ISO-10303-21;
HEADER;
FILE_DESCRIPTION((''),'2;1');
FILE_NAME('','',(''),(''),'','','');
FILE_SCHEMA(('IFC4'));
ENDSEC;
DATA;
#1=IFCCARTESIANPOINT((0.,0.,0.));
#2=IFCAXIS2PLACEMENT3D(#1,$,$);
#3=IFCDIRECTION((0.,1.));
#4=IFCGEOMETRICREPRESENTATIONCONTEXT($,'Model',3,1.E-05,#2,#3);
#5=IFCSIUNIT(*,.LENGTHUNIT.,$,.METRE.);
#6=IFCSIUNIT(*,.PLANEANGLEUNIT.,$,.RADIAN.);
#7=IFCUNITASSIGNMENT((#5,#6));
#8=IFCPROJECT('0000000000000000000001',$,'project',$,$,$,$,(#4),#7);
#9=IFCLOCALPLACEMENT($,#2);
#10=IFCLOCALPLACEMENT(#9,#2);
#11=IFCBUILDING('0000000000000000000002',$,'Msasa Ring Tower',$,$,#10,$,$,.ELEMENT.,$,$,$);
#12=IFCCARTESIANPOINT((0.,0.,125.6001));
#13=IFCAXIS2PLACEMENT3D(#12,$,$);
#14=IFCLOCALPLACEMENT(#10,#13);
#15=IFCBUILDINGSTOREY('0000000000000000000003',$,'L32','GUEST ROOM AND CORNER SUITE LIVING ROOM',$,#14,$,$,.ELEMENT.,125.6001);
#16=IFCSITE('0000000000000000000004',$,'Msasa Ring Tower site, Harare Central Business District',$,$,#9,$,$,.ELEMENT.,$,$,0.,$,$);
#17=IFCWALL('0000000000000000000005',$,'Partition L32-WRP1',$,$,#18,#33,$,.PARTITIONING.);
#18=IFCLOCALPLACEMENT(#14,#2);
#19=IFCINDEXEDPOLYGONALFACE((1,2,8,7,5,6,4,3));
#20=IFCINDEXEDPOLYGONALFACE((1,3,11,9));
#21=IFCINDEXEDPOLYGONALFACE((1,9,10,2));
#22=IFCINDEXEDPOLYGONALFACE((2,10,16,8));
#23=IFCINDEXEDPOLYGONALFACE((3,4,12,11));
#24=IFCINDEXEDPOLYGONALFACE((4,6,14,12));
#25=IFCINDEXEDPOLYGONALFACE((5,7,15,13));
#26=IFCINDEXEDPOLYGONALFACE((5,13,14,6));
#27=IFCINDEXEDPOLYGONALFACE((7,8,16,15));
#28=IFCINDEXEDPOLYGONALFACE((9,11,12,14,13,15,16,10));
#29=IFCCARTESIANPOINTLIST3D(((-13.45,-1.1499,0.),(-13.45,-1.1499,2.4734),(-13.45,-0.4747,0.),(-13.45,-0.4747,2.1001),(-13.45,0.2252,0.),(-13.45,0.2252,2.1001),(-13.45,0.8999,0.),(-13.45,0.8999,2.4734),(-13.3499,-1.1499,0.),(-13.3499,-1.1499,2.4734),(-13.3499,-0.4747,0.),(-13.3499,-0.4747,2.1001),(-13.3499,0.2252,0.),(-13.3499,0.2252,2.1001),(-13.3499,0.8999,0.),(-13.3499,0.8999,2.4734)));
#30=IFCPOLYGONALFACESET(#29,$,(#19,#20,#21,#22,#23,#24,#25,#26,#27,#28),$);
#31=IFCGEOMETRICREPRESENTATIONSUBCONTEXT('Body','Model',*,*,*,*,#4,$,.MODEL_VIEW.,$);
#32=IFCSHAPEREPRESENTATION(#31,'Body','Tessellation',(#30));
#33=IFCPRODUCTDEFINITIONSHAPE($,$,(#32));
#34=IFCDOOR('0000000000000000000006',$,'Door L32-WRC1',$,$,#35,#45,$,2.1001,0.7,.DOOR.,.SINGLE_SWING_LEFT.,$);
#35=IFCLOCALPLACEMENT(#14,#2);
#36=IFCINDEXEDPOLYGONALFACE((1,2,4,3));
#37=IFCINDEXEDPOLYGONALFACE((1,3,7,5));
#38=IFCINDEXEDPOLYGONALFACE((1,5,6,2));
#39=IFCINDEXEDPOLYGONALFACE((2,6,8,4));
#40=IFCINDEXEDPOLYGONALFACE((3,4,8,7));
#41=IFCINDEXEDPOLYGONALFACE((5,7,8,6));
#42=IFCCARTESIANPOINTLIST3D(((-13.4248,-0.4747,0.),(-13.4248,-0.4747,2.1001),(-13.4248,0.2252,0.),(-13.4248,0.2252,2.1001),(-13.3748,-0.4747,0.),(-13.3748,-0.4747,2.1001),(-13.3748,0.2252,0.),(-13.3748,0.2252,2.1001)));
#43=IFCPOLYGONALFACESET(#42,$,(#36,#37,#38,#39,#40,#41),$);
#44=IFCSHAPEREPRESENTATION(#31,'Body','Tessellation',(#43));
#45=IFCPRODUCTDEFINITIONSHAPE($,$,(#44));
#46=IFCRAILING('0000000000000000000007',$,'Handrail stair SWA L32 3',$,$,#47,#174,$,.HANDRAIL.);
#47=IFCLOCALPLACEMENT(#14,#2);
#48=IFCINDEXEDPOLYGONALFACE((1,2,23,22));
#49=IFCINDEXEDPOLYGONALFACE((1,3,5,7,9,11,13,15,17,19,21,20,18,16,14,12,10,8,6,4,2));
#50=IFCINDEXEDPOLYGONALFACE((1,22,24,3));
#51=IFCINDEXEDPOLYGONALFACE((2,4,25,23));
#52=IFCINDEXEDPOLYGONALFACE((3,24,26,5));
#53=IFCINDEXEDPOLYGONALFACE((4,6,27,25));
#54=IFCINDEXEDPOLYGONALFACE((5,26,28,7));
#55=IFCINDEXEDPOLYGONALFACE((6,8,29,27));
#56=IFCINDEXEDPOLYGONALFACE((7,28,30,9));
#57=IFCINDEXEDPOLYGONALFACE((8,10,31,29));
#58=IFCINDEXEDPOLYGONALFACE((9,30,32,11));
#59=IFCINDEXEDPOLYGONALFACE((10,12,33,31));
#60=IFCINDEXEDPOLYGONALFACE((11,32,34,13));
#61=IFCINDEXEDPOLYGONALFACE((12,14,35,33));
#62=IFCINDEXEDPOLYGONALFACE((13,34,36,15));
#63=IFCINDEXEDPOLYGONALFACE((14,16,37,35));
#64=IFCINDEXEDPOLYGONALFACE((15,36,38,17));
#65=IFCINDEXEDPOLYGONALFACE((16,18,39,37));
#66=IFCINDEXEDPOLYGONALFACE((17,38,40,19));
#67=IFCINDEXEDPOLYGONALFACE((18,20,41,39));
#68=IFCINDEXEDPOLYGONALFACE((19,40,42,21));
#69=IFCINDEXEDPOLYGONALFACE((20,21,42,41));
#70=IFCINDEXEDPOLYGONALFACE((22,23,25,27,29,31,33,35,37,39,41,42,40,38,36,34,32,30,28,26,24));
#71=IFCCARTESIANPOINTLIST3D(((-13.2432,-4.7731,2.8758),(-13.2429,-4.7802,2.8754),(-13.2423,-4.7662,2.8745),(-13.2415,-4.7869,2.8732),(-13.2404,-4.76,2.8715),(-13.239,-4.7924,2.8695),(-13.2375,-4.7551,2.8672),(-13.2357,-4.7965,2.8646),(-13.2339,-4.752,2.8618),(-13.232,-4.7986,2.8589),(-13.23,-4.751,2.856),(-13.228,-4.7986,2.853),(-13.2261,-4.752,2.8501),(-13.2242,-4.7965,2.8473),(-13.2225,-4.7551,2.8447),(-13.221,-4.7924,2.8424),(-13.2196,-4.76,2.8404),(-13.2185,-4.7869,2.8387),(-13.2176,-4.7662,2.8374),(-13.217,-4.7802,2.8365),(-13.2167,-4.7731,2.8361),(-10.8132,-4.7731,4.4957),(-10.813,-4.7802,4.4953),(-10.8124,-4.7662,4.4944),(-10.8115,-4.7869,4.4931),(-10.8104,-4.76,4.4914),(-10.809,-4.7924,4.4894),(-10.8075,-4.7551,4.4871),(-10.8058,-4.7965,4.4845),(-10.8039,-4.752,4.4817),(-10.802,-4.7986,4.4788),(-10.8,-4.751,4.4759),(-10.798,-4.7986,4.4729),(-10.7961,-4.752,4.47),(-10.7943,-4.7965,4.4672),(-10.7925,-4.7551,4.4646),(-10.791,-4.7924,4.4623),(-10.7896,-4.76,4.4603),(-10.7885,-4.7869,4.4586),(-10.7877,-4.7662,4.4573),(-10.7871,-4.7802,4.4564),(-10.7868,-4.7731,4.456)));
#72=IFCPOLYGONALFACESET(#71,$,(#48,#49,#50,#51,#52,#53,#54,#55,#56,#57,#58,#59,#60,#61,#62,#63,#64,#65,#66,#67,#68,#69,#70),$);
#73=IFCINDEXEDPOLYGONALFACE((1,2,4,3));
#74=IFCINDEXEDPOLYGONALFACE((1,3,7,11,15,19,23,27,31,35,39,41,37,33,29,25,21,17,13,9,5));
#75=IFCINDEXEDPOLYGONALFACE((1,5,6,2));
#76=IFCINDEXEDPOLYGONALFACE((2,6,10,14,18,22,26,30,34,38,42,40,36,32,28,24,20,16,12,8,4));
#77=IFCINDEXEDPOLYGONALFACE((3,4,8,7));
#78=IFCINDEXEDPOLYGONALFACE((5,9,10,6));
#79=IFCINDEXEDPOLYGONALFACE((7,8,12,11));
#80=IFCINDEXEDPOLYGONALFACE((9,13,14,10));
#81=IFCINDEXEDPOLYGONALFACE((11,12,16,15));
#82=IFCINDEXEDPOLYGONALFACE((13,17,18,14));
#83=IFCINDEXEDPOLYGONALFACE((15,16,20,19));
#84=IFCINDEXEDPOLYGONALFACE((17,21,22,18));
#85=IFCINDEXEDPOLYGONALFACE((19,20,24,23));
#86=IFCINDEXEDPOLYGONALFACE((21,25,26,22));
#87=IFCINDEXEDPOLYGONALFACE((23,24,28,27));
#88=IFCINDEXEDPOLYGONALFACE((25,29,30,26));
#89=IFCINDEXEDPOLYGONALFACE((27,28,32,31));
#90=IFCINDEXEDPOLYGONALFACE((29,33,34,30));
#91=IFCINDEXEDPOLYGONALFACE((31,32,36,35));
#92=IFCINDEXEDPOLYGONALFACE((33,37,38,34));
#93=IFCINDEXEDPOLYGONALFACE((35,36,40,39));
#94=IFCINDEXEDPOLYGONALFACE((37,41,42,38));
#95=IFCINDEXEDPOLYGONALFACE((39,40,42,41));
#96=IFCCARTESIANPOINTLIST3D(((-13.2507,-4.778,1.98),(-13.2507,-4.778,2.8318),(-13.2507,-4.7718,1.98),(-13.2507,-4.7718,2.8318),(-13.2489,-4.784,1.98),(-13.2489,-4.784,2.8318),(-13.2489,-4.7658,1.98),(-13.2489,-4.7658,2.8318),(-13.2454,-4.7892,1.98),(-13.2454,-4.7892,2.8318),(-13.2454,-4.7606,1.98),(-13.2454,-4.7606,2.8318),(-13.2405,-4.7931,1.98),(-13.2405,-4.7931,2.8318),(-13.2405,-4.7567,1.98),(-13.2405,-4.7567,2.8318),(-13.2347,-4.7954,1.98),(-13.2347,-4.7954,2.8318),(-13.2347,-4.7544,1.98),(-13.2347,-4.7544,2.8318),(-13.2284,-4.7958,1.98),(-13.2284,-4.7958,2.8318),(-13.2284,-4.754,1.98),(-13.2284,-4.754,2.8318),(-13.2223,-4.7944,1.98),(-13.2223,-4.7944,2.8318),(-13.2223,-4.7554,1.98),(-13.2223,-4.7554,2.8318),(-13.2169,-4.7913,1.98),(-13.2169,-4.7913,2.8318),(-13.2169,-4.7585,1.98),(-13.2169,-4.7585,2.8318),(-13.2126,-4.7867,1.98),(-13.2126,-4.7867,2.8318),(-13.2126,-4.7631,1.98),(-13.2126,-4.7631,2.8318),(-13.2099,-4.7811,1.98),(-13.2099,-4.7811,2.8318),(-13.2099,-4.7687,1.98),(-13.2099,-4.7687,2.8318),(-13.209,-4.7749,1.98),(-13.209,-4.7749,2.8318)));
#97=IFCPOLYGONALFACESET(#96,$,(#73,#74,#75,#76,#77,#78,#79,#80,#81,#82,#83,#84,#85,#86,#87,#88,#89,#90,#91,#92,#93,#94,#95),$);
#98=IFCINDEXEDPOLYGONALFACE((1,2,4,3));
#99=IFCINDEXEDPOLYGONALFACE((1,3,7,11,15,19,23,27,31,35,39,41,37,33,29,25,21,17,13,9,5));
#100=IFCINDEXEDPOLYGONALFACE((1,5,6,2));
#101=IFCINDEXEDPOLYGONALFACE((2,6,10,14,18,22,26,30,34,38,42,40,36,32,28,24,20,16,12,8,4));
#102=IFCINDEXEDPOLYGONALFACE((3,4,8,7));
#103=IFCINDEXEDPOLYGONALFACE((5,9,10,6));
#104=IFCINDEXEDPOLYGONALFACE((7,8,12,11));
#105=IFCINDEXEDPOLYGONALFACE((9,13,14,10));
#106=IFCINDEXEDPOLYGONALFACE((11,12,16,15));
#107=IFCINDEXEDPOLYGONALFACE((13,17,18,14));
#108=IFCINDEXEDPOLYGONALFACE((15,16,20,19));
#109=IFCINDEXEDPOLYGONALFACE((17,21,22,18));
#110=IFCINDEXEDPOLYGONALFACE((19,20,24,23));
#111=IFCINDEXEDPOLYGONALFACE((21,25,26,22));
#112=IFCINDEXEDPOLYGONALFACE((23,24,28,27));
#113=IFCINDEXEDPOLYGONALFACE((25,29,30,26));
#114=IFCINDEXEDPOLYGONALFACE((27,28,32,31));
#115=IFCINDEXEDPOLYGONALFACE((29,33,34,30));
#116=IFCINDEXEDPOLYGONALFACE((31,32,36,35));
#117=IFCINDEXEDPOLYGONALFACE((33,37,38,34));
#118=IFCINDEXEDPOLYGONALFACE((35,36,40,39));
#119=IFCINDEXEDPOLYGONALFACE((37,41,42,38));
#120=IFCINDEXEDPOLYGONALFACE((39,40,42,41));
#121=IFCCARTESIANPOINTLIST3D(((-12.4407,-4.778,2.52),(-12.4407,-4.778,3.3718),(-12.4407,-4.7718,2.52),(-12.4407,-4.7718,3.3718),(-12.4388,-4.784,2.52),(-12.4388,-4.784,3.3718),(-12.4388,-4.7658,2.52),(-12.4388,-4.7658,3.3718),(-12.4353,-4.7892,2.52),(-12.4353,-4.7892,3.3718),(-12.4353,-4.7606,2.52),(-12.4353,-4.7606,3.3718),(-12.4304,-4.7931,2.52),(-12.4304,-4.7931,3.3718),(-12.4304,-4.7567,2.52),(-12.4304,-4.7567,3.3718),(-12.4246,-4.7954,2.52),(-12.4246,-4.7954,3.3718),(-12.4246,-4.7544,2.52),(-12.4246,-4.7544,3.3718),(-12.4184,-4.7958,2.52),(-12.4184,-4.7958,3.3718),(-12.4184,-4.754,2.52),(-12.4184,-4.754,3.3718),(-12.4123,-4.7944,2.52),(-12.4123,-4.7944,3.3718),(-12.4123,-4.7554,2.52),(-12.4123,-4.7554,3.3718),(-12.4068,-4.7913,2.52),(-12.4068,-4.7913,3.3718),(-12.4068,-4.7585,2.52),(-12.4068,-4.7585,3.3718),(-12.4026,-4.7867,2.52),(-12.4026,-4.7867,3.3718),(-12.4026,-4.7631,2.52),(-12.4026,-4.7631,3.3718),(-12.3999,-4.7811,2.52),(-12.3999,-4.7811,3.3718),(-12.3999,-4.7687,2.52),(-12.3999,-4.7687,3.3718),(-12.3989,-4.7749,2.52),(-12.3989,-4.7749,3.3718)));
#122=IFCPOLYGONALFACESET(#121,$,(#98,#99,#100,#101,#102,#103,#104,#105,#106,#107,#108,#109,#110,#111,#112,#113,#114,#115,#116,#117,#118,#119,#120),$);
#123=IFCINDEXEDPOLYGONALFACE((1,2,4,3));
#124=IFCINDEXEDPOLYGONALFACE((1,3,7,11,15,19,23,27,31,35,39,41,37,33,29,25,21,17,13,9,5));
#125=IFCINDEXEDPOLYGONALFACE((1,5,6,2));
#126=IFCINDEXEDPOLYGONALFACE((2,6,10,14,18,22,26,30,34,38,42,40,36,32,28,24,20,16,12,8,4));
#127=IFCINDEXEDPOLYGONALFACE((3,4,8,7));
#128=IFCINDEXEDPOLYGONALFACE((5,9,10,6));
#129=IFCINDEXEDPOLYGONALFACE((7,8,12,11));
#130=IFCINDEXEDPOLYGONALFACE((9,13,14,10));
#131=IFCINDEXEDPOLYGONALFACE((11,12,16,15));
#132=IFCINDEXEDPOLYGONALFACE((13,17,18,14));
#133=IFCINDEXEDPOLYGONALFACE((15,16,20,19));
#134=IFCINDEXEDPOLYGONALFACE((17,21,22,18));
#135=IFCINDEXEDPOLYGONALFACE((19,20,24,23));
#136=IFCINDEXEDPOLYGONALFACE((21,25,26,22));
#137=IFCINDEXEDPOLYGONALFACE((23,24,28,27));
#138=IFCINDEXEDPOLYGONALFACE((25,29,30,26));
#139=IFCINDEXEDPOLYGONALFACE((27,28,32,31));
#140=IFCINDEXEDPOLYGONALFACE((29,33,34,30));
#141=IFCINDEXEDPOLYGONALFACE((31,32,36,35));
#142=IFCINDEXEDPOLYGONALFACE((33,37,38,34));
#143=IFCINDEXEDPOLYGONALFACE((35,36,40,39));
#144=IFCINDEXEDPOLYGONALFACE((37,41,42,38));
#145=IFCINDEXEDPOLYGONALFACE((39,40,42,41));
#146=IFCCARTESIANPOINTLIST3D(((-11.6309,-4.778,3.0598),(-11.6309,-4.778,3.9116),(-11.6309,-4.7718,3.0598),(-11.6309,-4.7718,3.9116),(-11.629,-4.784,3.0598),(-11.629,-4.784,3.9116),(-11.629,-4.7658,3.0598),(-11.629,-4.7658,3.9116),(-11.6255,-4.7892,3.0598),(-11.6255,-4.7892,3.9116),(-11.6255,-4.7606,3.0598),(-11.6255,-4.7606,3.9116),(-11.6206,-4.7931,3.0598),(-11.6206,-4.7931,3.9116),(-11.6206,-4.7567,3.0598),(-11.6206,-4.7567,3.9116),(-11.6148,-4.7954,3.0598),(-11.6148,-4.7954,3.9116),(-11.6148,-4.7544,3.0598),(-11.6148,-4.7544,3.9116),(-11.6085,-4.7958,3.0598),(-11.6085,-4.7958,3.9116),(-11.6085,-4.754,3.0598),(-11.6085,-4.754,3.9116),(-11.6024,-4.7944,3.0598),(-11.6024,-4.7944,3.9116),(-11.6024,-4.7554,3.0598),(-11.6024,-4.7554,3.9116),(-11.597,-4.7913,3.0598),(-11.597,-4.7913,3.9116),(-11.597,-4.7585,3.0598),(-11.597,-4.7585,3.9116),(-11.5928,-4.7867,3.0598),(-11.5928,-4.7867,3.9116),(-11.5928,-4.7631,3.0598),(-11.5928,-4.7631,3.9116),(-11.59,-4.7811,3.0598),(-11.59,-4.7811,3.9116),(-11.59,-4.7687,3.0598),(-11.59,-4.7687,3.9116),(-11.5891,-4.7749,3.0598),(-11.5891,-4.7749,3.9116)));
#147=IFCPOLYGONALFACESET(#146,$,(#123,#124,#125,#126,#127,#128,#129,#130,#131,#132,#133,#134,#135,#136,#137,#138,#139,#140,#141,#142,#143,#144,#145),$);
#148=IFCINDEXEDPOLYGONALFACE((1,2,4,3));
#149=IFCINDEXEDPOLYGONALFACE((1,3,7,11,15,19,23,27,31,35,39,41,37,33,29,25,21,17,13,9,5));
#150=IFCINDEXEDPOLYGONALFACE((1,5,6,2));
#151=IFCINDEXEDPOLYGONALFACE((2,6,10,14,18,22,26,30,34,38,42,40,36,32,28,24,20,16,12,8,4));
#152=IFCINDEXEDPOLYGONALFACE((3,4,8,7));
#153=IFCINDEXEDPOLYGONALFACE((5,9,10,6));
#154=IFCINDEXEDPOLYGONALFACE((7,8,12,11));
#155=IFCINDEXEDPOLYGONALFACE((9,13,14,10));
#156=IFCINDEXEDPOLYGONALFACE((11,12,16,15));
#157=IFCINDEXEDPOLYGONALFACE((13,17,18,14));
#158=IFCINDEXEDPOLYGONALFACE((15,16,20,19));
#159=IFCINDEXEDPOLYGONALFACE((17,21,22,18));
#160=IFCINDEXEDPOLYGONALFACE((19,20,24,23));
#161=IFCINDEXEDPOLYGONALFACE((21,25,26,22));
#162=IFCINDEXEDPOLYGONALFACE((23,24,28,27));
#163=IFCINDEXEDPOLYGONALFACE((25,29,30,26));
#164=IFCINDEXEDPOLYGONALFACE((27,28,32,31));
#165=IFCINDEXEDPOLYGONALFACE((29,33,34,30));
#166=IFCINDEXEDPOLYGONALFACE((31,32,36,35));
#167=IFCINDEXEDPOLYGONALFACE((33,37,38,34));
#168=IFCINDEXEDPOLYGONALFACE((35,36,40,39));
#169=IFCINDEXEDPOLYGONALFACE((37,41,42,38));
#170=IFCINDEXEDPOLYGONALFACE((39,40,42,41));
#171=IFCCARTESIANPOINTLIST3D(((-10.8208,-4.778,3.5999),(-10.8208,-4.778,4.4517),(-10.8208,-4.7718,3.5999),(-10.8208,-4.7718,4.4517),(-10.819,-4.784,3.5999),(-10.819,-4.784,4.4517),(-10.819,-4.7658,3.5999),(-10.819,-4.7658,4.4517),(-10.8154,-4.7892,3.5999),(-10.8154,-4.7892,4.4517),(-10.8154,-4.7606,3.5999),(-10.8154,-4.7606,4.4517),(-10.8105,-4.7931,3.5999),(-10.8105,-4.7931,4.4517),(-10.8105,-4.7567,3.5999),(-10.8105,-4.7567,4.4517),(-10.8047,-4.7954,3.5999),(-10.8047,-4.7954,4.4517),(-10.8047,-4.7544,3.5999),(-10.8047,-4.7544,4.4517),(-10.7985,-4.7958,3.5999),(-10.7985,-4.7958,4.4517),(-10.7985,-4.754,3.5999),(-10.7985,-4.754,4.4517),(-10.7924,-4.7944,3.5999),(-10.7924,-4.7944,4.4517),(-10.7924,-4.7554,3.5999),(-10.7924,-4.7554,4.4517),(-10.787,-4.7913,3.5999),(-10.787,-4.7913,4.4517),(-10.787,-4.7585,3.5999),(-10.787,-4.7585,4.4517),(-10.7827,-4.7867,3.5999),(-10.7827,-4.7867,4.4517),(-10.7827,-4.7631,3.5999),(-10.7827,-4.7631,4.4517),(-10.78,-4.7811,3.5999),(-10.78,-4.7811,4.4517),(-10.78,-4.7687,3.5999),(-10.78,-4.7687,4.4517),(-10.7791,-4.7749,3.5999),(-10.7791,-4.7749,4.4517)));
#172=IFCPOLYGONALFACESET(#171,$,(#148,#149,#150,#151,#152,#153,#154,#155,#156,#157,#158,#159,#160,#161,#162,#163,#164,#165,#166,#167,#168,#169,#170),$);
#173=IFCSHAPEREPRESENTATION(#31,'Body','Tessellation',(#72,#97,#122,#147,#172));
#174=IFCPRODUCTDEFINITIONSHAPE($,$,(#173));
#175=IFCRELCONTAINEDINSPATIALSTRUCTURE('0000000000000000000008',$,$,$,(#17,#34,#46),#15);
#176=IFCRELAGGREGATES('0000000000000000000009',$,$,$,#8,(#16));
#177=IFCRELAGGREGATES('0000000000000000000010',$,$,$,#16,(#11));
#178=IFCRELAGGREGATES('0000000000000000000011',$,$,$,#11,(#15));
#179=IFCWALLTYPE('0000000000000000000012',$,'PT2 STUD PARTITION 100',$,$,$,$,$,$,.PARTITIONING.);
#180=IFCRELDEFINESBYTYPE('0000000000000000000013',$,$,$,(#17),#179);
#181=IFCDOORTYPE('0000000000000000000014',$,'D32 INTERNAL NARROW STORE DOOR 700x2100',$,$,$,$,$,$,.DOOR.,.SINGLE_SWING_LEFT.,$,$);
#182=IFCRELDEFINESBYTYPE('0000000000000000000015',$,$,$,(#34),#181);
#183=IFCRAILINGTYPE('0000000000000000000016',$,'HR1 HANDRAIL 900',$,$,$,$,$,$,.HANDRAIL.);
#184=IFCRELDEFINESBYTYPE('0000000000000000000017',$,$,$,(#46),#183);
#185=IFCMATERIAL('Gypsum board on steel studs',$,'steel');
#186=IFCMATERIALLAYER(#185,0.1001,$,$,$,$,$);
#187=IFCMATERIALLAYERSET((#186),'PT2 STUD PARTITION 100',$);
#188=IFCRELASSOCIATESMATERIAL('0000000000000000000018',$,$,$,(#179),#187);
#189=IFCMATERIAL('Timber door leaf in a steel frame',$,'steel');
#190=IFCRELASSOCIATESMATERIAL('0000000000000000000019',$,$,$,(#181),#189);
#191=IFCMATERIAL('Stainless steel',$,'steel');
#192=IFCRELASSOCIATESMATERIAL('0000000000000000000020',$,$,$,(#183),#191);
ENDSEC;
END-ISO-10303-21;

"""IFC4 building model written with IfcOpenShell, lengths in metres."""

from ifc_helpers import new_model, si_unit, direction, frame, frame_2d, origin, origin_2d, place, context, subcontext, project, spatial, rectangle, circle, extrude, material, layer, layer_set, type_object, element, fill, save


model = new_model("IFC4")

# Units and contexts
model_context = context("Model", 3, precision=1e-05, world=origin(), true_north=direction((0.0, 1.0)))
body_context = subcontext(model_context, "Body", "Model", "MODEL_VIEW")
ifc_project = project(units=[si_unit("LENGTHUNIT", "METRE"), si_unit("PLANEANGLEUNIT", "RADIAN")], contexts=[model_context])

# Site, building, storey
site_placement = place(None, origin())
site = spatial("IfcSite", under=ifc_project, at=site_placement, Name="Msasa Ring Tower site, Harare Central Business District", CompositionType="ELEMENT", RefElevation=0.0)
building_placement = place(site_placement, origin())
building = spatial("IfcBuilding", under=site, at=building_placement, Name="Msasa Ring Tower", CompositionType="ELEMENT")
storey_placement = place(building_placement, frame((0.0, 0.0, 125.6001)))
storey = spatial("IfcBuildingStorey", under=building, at=storey_placement, Name="L32", Description="GUEST ROOM AND CORNER SUITE LIVING ROOM", CompositionType="ELEMENT", Elevation=125.6001)

# Wall, opening, door
ifc_material_1 = material(Name="Gypsum board on steel studs", Category="steel")
ifc_layer_1 = layer(ifc_material_1, 0.1001)
ifc_layer_set_1 = layer_set([ifc_layer_1], Name="PT2 STUD PARTITION 100")
wall_type_1 = type_object("IfcWallType", Name="PT2 STUD PARTITION 100", PredefinedType="PARTITIONING", material=ifc_layer_set_1)
wall_1_placement = place(storey_placement, frame((-13.3999, -1.1499, 0.0), z_axis=(0.0, 0.0, 1.0), x_axis=(0.0, 1.0, 0.0)))
wall_1 = element("IfcWall", 1, at=wall_1_placement, inside=storey, type_object=wall_type_1, Name="Partition L32-WRP1", PredefinedType="PARTITIONING", context=body_context, shape_type="SweptSolid", body=[
    extrude(rectangle(XDim=2.0498, YDim=0.1001, at=frame_2d((1.0249, 0.0))), origin(), (0.0, 0.0, 1.0), 2.4734),
])
opening_1_placement = place(wall_1_placement, frame((0.675, 0.0, 0.0)))
opening_1 = element("IfcOpeningElement", 2, at=opening_1_placement, cuts=wall_1, PredefinedType="OPENING", context=body_context, shape_type="SweptSolid", body=[
    extrude(rectangle(XDim=0.7, YDim=2.1001, at=frame_2d((0.3501, 1.05))), frame((0.0, 0.0601, 0.0), z_axis=(0.0, -1.0, 0.0), x_axis=(1.0, 0.0, 0.0)), (0.0, 0.0, 1.0), 0.1201),
])
ifc_material_2 = material(Name="Timber door leaf in a steel frame", Category="steel")
door_type = type_object("IfcDoorType", Name="D32 INTERNAL NARROW STORE DOOR 700x2100", OperationType="SINGLE_SWING_LEFT", PredefinedType="DOOR", material=ifc_material_2)
door_placement = place(opening_1_placement, origin())
door = element("IfcDoor", 3, at=door_placement, inside=storey, type_object=door_type, Name="Door L32-WRC1", OperationType="SINGLE_SWING_LEFT", OverallHeight=2.1001, OverallWidth=0.7, PredefinedType="DOOR", context=body_context, shape_type="SweptSolid", body=[
    extrude(rectangle(XDim=0.7, YDim=2.1001, at=frame_2d((0.3501, 1.05))), frame((0.0, 0.0249, 0.0), z_axis=(0.0, -1.0, 0.0), x_axis=(1.0, 0.0, 0.0)), (0.0, 0.0, 1.0), 0.05),
])
fill(opening_1, door)

# Railing
ifc_material_3 = material(Name="Stainless steel", Category="steel")
railing_type = type_object("IfcRailingType", Name="HR1 HANDRAIL 900", PredefinedType="HANDRAIL", material=ifc_material_3)
railing_placement = place(storey_placement, frame((-13.23, -4.7749, 1.98)))
element("IfcRailing", 4, at=railing_placement, inside=storey, type_object=railing_type, Name="Handrail stair SWA L32 3", PredefinedType="HANDRAIL", context=body_context, shape_type="SweptSolid", body=[
    extrude(circle(Radius=0.0239, at=origin_2d()), frame((0.0, 0.0, 0.876), z_axis=(0.832063, 0.0, 0.554681), x_axis=(0.0, 1.0, 0.0)), (0.0, 0.0, 1.0), 2.9204),
    extrude(circle(Radius=0.021, at=origin_2d()), origin(), (0.0, 0.0, 1.0), 0.8518),
    extrude(circle(Radius=0.021, at=origin_2d()), frame((0.8101, 0.0, 0.54)), (0.0, 0.0, 1.0), 0.8518),
    extrude(circle(Radius=0.021, at=origin_2d()), frame((1.6199, 0.0, 1.0798)), (0.0, 0.0, 1.0), 0.8518),
    extrude(circle(Radius=0.021, at=origin_2d()), frame((2.4299, 0.0, 1.6199)), (0.0, 0.0, 1.0), 0.8518),
])

save(model, "model.ifc")
